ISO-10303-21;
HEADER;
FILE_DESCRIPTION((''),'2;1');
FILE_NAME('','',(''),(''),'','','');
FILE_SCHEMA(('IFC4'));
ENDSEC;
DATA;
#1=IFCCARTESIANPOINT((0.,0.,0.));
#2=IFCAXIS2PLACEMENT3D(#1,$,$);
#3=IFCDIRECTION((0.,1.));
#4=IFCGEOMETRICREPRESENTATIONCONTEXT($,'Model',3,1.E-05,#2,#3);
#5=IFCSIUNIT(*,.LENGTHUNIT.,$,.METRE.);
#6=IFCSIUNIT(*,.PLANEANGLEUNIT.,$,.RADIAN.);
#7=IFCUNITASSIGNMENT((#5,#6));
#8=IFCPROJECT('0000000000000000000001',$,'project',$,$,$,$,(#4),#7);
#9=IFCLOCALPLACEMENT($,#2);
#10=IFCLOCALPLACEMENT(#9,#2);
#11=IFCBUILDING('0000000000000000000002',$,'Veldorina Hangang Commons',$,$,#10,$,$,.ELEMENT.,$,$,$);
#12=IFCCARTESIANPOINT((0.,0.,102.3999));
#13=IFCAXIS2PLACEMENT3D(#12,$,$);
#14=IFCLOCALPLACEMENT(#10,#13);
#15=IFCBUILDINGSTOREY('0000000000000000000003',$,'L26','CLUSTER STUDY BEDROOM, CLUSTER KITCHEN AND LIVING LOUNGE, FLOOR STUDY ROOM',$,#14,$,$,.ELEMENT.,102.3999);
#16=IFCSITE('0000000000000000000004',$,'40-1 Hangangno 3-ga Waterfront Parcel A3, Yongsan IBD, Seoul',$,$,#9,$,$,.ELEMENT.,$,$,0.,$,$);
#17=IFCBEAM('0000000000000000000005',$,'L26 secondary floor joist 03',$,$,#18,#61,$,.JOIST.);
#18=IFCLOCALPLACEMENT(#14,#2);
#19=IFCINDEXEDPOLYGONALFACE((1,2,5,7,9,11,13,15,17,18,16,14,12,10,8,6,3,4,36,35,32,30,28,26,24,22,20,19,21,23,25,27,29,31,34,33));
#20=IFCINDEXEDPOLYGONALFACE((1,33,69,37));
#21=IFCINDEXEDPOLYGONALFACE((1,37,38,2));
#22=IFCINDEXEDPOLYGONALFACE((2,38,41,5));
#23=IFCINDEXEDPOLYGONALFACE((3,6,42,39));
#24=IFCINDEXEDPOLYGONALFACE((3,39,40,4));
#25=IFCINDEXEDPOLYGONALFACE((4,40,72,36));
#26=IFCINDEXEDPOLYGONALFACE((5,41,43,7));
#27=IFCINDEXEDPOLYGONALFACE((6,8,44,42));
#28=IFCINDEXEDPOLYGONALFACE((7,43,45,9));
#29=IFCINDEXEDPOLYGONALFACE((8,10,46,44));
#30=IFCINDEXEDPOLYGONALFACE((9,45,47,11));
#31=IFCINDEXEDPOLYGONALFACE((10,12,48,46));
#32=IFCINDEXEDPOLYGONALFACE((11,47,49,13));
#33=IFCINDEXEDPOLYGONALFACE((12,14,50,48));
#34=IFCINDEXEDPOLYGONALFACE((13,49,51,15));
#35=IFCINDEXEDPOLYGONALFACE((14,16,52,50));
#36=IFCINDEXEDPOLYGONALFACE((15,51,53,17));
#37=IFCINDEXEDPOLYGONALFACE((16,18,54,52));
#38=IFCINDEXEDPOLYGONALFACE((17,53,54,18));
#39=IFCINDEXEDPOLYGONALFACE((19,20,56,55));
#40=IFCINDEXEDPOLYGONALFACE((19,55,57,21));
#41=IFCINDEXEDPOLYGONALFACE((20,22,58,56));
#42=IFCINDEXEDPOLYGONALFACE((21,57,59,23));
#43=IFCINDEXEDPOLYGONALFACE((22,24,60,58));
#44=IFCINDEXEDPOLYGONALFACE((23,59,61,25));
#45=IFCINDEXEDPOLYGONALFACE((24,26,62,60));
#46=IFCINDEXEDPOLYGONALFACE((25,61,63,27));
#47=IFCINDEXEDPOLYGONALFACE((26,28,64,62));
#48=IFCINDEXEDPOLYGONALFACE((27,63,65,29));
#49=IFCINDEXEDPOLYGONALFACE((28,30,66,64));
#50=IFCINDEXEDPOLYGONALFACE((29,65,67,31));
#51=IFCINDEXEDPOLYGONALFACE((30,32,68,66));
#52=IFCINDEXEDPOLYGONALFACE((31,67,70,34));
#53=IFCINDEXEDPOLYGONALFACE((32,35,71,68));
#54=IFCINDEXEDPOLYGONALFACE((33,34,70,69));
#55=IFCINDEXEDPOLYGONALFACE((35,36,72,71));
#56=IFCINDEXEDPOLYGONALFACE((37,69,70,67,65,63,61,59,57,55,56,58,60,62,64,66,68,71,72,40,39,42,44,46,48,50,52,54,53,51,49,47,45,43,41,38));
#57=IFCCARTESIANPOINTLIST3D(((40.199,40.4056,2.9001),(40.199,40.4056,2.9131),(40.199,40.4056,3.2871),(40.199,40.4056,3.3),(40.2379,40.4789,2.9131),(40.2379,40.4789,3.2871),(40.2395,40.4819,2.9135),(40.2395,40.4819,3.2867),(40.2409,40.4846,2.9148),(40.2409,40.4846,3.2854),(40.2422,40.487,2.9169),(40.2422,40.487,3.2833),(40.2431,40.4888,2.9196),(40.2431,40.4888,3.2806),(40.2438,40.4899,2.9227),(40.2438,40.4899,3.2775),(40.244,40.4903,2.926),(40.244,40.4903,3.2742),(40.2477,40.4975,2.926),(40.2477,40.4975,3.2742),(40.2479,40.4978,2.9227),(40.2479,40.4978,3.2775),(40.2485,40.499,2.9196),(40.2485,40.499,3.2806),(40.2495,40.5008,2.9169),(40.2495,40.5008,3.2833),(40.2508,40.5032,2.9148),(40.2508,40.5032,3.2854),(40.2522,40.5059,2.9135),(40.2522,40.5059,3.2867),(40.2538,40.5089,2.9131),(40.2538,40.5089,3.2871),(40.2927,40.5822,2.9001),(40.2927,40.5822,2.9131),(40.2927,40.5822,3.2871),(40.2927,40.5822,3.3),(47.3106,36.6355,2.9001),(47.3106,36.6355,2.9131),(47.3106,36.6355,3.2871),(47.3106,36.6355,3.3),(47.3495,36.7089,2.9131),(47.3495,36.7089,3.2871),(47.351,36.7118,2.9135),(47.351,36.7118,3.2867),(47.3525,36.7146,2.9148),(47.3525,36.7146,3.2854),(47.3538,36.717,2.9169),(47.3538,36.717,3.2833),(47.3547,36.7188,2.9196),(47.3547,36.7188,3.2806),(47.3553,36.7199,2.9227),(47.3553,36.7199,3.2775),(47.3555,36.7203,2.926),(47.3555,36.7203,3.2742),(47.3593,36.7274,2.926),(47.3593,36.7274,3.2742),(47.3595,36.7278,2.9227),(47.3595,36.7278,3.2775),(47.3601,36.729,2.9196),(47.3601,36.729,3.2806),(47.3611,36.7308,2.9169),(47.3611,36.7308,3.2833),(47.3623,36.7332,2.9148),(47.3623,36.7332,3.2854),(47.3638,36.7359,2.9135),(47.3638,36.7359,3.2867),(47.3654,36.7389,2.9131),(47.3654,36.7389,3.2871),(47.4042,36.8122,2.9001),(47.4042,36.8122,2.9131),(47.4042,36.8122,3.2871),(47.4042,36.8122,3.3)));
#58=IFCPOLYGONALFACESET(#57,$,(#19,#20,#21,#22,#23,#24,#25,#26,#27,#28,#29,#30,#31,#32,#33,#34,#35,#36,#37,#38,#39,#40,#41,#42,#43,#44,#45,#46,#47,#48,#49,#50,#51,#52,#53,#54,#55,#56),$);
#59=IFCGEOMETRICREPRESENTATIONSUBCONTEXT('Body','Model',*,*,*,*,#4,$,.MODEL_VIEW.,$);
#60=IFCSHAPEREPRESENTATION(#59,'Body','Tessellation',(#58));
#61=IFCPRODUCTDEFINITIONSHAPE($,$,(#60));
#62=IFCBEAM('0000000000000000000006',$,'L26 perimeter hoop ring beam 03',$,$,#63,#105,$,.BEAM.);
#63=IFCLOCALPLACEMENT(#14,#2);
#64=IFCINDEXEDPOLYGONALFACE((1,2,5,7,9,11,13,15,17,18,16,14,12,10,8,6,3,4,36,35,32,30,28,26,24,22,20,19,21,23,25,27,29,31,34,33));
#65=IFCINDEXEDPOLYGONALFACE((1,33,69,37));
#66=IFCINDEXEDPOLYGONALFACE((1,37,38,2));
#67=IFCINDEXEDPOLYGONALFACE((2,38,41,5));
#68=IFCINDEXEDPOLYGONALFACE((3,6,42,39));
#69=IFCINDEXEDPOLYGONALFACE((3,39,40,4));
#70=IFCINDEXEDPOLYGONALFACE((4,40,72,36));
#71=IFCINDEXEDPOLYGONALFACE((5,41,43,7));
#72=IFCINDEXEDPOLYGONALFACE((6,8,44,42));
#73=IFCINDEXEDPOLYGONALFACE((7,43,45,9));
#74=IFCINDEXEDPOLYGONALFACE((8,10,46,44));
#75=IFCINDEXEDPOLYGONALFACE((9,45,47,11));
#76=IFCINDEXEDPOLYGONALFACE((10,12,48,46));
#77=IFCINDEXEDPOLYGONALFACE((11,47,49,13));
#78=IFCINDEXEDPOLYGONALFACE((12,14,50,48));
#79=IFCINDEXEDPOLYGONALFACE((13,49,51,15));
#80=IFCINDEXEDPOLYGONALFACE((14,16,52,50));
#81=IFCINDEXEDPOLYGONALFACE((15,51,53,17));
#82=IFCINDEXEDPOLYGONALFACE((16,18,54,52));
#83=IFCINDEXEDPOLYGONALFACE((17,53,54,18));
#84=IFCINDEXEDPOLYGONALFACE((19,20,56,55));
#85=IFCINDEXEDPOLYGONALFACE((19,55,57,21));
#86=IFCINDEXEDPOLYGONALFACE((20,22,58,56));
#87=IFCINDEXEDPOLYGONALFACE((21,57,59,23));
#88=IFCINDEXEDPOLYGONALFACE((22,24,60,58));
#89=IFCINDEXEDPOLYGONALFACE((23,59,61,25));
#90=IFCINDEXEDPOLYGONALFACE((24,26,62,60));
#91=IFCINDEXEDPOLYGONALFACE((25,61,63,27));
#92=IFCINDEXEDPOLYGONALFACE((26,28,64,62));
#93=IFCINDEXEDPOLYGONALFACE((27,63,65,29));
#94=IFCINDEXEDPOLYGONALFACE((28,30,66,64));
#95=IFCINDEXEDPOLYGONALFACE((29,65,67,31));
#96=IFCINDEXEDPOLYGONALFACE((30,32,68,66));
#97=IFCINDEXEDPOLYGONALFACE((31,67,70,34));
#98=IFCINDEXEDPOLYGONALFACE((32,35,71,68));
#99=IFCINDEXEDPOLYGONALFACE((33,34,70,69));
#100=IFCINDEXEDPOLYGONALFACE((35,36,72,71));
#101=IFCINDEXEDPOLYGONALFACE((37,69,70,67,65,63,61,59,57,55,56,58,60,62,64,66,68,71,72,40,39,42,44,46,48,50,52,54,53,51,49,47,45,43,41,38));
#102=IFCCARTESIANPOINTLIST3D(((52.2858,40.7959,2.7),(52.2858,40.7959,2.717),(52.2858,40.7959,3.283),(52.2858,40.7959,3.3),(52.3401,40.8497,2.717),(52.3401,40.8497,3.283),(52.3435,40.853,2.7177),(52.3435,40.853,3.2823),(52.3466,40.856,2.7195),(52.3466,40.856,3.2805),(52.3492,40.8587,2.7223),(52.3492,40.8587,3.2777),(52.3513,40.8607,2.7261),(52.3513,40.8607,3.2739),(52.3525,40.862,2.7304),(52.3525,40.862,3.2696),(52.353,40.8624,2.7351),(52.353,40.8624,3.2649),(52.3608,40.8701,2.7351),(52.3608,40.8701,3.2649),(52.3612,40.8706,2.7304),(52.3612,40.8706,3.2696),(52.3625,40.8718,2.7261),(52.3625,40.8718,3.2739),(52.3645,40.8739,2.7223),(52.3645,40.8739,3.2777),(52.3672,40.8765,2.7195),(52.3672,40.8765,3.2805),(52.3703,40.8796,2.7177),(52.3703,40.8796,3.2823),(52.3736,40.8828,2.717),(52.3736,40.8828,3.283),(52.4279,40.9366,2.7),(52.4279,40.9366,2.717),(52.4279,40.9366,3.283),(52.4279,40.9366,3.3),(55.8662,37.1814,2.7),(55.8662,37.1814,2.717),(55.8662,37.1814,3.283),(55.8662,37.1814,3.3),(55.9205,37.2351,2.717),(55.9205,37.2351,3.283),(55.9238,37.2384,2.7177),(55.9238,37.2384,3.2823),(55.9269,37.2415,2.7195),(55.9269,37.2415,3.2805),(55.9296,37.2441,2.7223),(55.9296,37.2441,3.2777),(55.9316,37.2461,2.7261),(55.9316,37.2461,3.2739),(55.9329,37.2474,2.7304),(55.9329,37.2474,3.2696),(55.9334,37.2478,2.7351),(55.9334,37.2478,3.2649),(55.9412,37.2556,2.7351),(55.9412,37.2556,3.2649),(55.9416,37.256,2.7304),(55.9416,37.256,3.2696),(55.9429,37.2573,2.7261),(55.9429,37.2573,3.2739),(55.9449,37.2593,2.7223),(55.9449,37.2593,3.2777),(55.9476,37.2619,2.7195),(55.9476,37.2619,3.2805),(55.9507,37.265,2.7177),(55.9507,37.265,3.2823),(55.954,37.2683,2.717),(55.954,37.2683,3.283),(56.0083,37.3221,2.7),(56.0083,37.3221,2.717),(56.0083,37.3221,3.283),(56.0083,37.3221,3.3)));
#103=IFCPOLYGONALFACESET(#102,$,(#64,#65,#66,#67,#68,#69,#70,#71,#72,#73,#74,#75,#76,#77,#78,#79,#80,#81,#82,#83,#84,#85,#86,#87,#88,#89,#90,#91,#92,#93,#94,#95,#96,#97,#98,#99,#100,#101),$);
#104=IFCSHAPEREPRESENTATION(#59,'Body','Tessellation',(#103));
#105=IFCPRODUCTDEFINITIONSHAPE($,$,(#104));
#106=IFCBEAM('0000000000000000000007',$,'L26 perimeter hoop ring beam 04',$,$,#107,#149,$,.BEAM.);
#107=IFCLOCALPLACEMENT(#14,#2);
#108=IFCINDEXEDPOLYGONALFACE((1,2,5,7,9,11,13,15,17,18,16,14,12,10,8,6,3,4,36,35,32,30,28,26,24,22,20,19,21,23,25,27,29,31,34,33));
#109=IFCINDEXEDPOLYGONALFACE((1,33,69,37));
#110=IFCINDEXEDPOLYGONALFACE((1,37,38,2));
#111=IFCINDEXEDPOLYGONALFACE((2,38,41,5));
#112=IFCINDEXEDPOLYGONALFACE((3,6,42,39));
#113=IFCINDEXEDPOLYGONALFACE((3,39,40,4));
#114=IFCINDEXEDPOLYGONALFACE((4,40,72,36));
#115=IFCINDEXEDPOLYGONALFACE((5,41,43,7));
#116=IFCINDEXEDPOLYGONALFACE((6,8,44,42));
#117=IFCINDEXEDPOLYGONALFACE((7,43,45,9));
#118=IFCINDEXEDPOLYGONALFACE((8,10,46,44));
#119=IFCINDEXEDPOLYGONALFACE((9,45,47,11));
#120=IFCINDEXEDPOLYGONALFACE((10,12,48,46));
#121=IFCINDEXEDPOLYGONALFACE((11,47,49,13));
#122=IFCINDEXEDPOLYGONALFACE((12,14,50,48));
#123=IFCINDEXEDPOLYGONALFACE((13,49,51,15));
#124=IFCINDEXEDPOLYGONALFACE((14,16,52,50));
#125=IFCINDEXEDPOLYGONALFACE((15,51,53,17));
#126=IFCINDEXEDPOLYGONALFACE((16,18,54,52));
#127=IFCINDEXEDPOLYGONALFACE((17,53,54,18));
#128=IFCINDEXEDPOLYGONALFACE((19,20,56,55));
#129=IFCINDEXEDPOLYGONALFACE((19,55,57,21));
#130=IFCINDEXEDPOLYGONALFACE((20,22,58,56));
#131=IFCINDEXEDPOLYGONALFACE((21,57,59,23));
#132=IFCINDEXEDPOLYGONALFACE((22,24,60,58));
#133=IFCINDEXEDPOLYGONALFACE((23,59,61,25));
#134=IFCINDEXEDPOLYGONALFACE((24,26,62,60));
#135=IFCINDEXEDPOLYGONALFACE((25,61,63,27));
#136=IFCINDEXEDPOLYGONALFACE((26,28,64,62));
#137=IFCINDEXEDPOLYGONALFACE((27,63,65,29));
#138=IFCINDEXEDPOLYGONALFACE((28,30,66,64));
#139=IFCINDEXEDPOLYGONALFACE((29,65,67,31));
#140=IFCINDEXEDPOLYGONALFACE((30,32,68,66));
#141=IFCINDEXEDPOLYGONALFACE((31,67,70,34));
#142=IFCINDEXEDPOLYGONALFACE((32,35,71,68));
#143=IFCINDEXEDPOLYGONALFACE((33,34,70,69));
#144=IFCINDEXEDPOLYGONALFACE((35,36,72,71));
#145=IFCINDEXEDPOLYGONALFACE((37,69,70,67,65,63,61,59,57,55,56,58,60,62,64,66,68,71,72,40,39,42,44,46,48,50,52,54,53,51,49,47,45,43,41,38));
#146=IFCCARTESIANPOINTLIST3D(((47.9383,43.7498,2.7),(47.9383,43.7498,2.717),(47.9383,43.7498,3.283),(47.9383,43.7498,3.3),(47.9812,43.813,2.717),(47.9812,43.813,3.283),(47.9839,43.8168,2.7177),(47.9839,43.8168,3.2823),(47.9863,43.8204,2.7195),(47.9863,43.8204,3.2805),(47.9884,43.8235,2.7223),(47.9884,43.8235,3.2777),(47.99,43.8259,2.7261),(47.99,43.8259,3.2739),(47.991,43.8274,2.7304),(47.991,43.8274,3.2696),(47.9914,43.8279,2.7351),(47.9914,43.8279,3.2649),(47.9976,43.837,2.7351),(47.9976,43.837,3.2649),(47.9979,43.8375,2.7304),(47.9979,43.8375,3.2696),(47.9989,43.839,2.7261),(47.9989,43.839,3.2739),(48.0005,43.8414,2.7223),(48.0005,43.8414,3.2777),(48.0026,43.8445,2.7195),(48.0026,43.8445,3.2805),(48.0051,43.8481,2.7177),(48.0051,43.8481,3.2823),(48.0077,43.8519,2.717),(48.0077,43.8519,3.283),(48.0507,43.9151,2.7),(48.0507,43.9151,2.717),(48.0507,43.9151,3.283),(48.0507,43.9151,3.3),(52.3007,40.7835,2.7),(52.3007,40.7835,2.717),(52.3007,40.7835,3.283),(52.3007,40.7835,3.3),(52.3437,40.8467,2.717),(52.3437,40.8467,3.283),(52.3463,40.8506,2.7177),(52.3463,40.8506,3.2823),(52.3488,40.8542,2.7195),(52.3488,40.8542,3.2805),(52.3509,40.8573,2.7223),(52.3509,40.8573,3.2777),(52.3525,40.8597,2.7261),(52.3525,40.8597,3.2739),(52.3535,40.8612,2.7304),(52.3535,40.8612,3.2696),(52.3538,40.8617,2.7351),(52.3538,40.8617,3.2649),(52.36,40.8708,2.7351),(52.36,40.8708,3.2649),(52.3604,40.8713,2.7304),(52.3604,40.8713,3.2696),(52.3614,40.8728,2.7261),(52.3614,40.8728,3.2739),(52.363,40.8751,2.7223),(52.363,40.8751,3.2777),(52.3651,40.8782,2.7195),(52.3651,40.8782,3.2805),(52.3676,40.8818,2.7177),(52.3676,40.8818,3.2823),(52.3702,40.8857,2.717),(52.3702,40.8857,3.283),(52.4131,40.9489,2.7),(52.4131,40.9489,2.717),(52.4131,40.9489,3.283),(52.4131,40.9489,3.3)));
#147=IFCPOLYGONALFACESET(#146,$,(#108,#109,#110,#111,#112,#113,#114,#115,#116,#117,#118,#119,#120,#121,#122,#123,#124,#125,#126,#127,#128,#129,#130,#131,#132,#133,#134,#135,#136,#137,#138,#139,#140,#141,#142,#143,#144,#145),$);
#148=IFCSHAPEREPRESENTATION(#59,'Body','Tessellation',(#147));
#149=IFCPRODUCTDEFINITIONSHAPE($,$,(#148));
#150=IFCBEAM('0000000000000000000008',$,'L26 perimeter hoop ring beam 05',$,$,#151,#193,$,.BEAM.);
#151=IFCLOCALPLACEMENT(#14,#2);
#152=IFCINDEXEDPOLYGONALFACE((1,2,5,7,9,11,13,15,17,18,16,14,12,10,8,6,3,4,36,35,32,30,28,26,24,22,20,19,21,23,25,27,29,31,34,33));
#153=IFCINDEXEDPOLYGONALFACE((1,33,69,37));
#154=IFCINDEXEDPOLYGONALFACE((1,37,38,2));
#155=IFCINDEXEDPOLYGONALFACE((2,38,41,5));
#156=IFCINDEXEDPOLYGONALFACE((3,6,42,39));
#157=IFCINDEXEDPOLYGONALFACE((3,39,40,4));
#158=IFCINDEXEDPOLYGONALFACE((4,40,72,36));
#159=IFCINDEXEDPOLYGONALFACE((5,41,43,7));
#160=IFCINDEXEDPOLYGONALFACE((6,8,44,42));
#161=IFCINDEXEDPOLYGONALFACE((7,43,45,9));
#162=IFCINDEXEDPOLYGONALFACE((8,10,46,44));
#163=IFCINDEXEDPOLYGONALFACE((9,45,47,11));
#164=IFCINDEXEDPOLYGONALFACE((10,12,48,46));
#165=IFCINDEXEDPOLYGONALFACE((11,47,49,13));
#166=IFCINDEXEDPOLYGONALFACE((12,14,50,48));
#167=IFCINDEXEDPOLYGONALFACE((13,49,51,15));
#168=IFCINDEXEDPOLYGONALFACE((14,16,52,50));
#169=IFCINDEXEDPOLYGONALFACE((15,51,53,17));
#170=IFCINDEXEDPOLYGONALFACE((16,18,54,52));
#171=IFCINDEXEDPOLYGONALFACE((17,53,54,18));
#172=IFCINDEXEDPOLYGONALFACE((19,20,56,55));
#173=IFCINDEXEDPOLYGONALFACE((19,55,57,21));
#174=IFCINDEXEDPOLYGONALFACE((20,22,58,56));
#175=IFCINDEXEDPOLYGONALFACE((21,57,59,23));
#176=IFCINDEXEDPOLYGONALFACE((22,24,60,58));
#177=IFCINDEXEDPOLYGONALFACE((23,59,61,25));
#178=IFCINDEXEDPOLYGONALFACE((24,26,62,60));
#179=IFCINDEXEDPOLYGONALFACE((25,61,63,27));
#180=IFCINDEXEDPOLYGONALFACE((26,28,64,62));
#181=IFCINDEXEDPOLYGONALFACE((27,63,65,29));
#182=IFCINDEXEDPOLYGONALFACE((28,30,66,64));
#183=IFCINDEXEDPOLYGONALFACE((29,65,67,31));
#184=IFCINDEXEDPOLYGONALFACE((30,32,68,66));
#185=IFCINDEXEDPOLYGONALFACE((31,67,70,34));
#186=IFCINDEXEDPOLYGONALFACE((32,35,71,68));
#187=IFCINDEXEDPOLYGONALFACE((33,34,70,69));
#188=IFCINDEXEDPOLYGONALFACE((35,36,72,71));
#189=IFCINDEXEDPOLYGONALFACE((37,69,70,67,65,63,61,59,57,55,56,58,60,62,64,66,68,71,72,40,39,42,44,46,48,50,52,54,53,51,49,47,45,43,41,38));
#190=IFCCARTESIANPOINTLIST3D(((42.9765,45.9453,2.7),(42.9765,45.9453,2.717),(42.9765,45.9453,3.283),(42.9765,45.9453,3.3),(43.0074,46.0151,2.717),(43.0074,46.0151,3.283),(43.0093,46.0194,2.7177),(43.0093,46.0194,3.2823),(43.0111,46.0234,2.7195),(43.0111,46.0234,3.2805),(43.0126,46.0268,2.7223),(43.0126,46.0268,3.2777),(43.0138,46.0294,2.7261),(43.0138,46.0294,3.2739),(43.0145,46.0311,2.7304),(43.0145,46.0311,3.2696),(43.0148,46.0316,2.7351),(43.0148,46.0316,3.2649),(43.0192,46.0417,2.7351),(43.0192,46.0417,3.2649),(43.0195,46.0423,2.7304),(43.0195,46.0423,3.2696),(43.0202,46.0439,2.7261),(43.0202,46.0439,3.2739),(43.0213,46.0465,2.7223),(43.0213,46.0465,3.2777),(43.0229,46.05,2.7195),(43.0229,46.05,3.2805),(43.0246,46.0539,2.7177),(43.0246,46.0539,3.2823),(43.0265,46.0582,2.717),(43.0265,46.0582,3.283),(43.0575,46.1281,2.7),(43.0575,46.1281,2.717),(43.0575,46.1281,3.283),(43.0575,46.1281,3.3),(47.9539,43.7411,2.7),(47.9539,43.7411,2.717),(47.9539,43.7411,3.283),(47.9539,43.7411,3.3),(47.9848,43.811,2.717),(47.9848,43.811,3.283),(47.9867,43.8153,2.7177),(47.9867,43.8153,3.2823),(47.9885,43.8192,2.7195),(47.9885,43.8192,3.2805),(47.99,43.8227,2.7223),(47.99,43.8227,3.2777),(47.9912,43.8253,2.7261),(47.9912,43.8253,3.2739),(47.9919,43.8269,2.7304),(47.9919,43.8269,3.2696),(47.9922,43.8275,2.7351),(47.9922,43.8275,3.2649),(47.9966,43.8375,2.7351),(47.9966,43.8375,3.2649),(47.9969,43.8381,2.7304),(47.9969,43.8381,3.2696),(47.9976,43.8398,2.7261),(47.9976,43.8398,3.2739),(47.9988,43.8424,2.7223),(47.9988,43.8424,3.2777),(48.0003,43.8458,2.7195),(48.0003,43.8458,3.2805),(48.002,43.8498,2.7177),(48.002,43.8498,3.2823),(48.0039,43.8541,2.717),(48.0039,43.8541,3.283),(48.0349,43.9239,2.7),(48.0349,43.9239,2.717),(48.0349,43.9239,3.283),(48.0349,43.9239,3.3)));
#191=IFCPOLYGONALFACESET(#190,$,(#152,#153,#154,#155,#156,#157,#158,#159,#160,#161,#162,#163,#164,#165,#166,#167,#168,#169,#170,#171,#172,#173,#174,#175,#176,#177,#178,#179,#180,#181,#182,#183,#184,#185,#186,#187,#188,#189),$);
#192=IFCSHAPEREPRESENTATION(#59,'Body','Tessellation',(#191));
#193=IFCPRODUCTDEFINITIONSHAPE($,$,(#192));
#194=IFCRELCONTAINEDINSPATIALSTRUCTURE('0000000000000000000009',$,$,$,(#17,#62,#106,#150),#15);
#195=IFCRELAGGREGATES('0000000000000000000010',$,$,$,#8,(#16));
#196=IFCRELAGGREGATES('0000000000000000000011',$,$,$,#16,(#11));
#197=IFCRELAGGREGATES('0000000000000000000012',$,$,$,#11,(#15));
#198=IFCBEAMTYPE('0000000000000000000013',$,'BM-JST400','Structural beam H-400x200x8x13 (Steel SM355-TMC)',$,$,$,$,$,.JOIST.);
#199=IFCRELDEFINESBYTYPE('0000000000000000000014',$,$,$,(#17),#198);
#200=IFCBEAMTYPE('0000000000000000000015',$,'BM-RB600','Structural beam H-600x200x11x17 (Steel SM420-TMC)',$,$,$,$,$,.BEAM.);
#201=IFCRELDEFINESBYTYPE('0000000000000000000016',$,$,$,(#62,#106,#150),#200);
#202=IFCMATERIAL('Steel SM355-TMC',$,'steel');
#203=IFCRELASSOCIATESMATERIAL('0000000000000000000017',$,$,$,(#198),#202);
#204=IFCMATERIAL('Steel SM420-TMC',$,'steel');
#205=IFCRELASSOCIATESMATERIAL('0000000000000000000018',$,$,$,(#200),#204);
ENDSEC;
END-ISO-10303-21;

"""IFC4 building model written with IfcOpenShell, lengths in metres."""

from ifc_helpers import new_model, si_unit, direction, frame, origin, origin_2d, place, context, subcontext, project, spatial, i_section, extrude, material, material_profile, profile_set, type_object, element, save


model = new_model("IFC4")

# Units and contexts
model_context = context("Model", 3, precision=1e-05, world=origin(), true_north=direction((0.0, 1.0)))
body_context = subcontext(model_context, "Body", "Model", "MODEL_VIEW")
ifc_project = project(units=[si_unit("LENGTHUNIT", "METRE"), si_unit("PLANEANGLEUNIT", "RADIAN")], contexts=[model_context])

# Site, building, storey
site_placement = place(None, origin())
site = spatial("IfcSite", under=ifc_project, at=site_placement, Name="40-1 Hangangno 3-ga Waterfront Parcel A3, Yongsan IBD, Seoul", CompositionType="ELEMENT", RefElevation=0.0)
building_placement = place(site_placement, origin())
building = spatial("IfcBuilding", under=site, at=building_placement, Name="Veldorina Hangang Commons", CompositionType="ELEMENT")
storey_placement = place(building_placement, frame((0.0, 0.0, 102.3999)))
storey = spatial("IfcBuildingStorey", under=building, at=storey_placement, Name="L26", Description="CLUSTER STUDY BEDROOM, CLUSTER KITCHEN AND LIVING LOUNGE, FLOOR STUDY ROOM", CompositionType="ELEMENT", Elevation=102.3999)

# Beams
ifc_material_1 = material(Name="Steel SM355-TMC", Category="steel")
ifc_material_profile_1 = material_profile(ifc_material_1, i_section(OverallWidth=0.2, OverallDepth=0.3999, WebThickness=0.0081, FlangeThickness=0.0129, FilletRadius=0.0129, at=origin_2d()), Name="H-400x200x8x13")
ifc_profile_set_1 = profile_set([ifc_material_profile_1], Name="Steel SM355-TMC")
beam_type_1 = type_object("IfcBeamType", Name="BM-JST400", Description="Structural beam H-400x200x8x13 (Steel SM355-TMC)", PredefinedType="JOIST", material=ifc_profile_set_1)
beam_1_placement = place(storey_placement, frame((47.3574, 36.7239, 3.1001), z_axis=(-0.883527, 0.46838, 0.0), x_axis=(-0.46838, -0.883527, 0.0)))
element("IfcBeam", 1, at=beam_1_placement, inside=storey, type_object=beam_type_1, Name="L26 secondary floor joist 03", PredefinedType="JOIST", context=body_context, shape_type="SweptSolid", body=[
    extrude(i_section(OverallWidth=0.2, OverallDepth=0.3999, WebThickness=0.0081, FlangeThickness=0.0129, FilletRadius=0.0129, at=origin_2d()), origin(), (0.0, 0.0, 1.0), 8.0491),
])
ifc_material_2 = material(Name="Steel SM420-TMC", Category="steel")
ifc_material_profile_2 = material_profile(ifc_material_2, i_section(OverallWidth=0.2, OverallDepth=0.6001, WebThickness=0.011, FlangeThickness=0.0171, FilletRadius=0.0181, at=origin_2d()), Name="H-600x200x11x17")
ifc_profile_set_2 = profile_set([ifc_material_profile_2], Name="Steel SM420-TMC")
beam_type_2 = type_object("IfcBeamType", Name="BM-RB600", Description="Structural beam H-600x200x11x17 (Steel SM420-TMC)", PredefinedType="BEAM", material=ifc_profile_set_2)
beam_2_placement = place(storey_placement, frame((55.9373, 37.2517, 3.0), z_axis=(-0.70374, 0.710458, 0.0), x_axis=(-0.710458, -0.70374, 0.0)))
element("IfcBeam", 2, at=beam_2_placement, inside=storey, type_object=beam_type_2, Name="L26 perimeter hoop ring beam 03", PredefinedType="BEAM", context=body_context, shape_type="SweptSolid", body=[
    extrude(i_section(OverallWidth=0.2, OverallDepth=0.6001, WebThickness=0.011, FlangeThickness=0.0171, FilletRadius=0.0181, at=origin_2d()), origin(), (0.0, 0.0, 1.0), 5.0876),
])
beam_3_placement = place(storey_placement, frame((52.3569, 40.8662, 3.0), z_axis=(-0.826946, 0.562281, 0.0), x_axis=(-0.562281, -0.826946, 0.0)))
element("IfcBeam", 3, at=beam_3_placement, inside=storey, type_object=beam_type_2, Name="L26 perimeter hoop ring beam 04", PredefinedType="BEAM", context=body_context, shape_type="SweptSolid", body=[
    extrude(i_section(OverallWidth=0.2, OverallDepth=0.6001, WebThickness=0.011, FlangeThickness=0.0171, FilletRadius=0.0181, at=origin_2d()), origin(), (0.0, 0.0, 1.0), 5.2754),
])
beam_4_placement = place(storey_placement, frame((47.9944, 43.8325, 3.0), z_axis=(-0.914358, 0.404906, 0.0), x_axis=(-0.404906, -0.914358, 0.0)))
element("IfcBeam", 4, at=beam_4_placement, inside=storey, type_object=beam_type_2, Name="L26 perimeter hoop ring beam 05", PredefinedType="BEAM", context=body_context, shape_type="SweptSolid", body=[
    extrude(i_section(OverallWidth=0.2, OverallDepth=0.6001, WebThickness=0.011, FlangeThickness=0.0171, FilletRadius=0.0181, at=origin_2d()), origin(), (0.0, 0.0, 1.0), 5.4436),
])

save(model, "model.ifc")
